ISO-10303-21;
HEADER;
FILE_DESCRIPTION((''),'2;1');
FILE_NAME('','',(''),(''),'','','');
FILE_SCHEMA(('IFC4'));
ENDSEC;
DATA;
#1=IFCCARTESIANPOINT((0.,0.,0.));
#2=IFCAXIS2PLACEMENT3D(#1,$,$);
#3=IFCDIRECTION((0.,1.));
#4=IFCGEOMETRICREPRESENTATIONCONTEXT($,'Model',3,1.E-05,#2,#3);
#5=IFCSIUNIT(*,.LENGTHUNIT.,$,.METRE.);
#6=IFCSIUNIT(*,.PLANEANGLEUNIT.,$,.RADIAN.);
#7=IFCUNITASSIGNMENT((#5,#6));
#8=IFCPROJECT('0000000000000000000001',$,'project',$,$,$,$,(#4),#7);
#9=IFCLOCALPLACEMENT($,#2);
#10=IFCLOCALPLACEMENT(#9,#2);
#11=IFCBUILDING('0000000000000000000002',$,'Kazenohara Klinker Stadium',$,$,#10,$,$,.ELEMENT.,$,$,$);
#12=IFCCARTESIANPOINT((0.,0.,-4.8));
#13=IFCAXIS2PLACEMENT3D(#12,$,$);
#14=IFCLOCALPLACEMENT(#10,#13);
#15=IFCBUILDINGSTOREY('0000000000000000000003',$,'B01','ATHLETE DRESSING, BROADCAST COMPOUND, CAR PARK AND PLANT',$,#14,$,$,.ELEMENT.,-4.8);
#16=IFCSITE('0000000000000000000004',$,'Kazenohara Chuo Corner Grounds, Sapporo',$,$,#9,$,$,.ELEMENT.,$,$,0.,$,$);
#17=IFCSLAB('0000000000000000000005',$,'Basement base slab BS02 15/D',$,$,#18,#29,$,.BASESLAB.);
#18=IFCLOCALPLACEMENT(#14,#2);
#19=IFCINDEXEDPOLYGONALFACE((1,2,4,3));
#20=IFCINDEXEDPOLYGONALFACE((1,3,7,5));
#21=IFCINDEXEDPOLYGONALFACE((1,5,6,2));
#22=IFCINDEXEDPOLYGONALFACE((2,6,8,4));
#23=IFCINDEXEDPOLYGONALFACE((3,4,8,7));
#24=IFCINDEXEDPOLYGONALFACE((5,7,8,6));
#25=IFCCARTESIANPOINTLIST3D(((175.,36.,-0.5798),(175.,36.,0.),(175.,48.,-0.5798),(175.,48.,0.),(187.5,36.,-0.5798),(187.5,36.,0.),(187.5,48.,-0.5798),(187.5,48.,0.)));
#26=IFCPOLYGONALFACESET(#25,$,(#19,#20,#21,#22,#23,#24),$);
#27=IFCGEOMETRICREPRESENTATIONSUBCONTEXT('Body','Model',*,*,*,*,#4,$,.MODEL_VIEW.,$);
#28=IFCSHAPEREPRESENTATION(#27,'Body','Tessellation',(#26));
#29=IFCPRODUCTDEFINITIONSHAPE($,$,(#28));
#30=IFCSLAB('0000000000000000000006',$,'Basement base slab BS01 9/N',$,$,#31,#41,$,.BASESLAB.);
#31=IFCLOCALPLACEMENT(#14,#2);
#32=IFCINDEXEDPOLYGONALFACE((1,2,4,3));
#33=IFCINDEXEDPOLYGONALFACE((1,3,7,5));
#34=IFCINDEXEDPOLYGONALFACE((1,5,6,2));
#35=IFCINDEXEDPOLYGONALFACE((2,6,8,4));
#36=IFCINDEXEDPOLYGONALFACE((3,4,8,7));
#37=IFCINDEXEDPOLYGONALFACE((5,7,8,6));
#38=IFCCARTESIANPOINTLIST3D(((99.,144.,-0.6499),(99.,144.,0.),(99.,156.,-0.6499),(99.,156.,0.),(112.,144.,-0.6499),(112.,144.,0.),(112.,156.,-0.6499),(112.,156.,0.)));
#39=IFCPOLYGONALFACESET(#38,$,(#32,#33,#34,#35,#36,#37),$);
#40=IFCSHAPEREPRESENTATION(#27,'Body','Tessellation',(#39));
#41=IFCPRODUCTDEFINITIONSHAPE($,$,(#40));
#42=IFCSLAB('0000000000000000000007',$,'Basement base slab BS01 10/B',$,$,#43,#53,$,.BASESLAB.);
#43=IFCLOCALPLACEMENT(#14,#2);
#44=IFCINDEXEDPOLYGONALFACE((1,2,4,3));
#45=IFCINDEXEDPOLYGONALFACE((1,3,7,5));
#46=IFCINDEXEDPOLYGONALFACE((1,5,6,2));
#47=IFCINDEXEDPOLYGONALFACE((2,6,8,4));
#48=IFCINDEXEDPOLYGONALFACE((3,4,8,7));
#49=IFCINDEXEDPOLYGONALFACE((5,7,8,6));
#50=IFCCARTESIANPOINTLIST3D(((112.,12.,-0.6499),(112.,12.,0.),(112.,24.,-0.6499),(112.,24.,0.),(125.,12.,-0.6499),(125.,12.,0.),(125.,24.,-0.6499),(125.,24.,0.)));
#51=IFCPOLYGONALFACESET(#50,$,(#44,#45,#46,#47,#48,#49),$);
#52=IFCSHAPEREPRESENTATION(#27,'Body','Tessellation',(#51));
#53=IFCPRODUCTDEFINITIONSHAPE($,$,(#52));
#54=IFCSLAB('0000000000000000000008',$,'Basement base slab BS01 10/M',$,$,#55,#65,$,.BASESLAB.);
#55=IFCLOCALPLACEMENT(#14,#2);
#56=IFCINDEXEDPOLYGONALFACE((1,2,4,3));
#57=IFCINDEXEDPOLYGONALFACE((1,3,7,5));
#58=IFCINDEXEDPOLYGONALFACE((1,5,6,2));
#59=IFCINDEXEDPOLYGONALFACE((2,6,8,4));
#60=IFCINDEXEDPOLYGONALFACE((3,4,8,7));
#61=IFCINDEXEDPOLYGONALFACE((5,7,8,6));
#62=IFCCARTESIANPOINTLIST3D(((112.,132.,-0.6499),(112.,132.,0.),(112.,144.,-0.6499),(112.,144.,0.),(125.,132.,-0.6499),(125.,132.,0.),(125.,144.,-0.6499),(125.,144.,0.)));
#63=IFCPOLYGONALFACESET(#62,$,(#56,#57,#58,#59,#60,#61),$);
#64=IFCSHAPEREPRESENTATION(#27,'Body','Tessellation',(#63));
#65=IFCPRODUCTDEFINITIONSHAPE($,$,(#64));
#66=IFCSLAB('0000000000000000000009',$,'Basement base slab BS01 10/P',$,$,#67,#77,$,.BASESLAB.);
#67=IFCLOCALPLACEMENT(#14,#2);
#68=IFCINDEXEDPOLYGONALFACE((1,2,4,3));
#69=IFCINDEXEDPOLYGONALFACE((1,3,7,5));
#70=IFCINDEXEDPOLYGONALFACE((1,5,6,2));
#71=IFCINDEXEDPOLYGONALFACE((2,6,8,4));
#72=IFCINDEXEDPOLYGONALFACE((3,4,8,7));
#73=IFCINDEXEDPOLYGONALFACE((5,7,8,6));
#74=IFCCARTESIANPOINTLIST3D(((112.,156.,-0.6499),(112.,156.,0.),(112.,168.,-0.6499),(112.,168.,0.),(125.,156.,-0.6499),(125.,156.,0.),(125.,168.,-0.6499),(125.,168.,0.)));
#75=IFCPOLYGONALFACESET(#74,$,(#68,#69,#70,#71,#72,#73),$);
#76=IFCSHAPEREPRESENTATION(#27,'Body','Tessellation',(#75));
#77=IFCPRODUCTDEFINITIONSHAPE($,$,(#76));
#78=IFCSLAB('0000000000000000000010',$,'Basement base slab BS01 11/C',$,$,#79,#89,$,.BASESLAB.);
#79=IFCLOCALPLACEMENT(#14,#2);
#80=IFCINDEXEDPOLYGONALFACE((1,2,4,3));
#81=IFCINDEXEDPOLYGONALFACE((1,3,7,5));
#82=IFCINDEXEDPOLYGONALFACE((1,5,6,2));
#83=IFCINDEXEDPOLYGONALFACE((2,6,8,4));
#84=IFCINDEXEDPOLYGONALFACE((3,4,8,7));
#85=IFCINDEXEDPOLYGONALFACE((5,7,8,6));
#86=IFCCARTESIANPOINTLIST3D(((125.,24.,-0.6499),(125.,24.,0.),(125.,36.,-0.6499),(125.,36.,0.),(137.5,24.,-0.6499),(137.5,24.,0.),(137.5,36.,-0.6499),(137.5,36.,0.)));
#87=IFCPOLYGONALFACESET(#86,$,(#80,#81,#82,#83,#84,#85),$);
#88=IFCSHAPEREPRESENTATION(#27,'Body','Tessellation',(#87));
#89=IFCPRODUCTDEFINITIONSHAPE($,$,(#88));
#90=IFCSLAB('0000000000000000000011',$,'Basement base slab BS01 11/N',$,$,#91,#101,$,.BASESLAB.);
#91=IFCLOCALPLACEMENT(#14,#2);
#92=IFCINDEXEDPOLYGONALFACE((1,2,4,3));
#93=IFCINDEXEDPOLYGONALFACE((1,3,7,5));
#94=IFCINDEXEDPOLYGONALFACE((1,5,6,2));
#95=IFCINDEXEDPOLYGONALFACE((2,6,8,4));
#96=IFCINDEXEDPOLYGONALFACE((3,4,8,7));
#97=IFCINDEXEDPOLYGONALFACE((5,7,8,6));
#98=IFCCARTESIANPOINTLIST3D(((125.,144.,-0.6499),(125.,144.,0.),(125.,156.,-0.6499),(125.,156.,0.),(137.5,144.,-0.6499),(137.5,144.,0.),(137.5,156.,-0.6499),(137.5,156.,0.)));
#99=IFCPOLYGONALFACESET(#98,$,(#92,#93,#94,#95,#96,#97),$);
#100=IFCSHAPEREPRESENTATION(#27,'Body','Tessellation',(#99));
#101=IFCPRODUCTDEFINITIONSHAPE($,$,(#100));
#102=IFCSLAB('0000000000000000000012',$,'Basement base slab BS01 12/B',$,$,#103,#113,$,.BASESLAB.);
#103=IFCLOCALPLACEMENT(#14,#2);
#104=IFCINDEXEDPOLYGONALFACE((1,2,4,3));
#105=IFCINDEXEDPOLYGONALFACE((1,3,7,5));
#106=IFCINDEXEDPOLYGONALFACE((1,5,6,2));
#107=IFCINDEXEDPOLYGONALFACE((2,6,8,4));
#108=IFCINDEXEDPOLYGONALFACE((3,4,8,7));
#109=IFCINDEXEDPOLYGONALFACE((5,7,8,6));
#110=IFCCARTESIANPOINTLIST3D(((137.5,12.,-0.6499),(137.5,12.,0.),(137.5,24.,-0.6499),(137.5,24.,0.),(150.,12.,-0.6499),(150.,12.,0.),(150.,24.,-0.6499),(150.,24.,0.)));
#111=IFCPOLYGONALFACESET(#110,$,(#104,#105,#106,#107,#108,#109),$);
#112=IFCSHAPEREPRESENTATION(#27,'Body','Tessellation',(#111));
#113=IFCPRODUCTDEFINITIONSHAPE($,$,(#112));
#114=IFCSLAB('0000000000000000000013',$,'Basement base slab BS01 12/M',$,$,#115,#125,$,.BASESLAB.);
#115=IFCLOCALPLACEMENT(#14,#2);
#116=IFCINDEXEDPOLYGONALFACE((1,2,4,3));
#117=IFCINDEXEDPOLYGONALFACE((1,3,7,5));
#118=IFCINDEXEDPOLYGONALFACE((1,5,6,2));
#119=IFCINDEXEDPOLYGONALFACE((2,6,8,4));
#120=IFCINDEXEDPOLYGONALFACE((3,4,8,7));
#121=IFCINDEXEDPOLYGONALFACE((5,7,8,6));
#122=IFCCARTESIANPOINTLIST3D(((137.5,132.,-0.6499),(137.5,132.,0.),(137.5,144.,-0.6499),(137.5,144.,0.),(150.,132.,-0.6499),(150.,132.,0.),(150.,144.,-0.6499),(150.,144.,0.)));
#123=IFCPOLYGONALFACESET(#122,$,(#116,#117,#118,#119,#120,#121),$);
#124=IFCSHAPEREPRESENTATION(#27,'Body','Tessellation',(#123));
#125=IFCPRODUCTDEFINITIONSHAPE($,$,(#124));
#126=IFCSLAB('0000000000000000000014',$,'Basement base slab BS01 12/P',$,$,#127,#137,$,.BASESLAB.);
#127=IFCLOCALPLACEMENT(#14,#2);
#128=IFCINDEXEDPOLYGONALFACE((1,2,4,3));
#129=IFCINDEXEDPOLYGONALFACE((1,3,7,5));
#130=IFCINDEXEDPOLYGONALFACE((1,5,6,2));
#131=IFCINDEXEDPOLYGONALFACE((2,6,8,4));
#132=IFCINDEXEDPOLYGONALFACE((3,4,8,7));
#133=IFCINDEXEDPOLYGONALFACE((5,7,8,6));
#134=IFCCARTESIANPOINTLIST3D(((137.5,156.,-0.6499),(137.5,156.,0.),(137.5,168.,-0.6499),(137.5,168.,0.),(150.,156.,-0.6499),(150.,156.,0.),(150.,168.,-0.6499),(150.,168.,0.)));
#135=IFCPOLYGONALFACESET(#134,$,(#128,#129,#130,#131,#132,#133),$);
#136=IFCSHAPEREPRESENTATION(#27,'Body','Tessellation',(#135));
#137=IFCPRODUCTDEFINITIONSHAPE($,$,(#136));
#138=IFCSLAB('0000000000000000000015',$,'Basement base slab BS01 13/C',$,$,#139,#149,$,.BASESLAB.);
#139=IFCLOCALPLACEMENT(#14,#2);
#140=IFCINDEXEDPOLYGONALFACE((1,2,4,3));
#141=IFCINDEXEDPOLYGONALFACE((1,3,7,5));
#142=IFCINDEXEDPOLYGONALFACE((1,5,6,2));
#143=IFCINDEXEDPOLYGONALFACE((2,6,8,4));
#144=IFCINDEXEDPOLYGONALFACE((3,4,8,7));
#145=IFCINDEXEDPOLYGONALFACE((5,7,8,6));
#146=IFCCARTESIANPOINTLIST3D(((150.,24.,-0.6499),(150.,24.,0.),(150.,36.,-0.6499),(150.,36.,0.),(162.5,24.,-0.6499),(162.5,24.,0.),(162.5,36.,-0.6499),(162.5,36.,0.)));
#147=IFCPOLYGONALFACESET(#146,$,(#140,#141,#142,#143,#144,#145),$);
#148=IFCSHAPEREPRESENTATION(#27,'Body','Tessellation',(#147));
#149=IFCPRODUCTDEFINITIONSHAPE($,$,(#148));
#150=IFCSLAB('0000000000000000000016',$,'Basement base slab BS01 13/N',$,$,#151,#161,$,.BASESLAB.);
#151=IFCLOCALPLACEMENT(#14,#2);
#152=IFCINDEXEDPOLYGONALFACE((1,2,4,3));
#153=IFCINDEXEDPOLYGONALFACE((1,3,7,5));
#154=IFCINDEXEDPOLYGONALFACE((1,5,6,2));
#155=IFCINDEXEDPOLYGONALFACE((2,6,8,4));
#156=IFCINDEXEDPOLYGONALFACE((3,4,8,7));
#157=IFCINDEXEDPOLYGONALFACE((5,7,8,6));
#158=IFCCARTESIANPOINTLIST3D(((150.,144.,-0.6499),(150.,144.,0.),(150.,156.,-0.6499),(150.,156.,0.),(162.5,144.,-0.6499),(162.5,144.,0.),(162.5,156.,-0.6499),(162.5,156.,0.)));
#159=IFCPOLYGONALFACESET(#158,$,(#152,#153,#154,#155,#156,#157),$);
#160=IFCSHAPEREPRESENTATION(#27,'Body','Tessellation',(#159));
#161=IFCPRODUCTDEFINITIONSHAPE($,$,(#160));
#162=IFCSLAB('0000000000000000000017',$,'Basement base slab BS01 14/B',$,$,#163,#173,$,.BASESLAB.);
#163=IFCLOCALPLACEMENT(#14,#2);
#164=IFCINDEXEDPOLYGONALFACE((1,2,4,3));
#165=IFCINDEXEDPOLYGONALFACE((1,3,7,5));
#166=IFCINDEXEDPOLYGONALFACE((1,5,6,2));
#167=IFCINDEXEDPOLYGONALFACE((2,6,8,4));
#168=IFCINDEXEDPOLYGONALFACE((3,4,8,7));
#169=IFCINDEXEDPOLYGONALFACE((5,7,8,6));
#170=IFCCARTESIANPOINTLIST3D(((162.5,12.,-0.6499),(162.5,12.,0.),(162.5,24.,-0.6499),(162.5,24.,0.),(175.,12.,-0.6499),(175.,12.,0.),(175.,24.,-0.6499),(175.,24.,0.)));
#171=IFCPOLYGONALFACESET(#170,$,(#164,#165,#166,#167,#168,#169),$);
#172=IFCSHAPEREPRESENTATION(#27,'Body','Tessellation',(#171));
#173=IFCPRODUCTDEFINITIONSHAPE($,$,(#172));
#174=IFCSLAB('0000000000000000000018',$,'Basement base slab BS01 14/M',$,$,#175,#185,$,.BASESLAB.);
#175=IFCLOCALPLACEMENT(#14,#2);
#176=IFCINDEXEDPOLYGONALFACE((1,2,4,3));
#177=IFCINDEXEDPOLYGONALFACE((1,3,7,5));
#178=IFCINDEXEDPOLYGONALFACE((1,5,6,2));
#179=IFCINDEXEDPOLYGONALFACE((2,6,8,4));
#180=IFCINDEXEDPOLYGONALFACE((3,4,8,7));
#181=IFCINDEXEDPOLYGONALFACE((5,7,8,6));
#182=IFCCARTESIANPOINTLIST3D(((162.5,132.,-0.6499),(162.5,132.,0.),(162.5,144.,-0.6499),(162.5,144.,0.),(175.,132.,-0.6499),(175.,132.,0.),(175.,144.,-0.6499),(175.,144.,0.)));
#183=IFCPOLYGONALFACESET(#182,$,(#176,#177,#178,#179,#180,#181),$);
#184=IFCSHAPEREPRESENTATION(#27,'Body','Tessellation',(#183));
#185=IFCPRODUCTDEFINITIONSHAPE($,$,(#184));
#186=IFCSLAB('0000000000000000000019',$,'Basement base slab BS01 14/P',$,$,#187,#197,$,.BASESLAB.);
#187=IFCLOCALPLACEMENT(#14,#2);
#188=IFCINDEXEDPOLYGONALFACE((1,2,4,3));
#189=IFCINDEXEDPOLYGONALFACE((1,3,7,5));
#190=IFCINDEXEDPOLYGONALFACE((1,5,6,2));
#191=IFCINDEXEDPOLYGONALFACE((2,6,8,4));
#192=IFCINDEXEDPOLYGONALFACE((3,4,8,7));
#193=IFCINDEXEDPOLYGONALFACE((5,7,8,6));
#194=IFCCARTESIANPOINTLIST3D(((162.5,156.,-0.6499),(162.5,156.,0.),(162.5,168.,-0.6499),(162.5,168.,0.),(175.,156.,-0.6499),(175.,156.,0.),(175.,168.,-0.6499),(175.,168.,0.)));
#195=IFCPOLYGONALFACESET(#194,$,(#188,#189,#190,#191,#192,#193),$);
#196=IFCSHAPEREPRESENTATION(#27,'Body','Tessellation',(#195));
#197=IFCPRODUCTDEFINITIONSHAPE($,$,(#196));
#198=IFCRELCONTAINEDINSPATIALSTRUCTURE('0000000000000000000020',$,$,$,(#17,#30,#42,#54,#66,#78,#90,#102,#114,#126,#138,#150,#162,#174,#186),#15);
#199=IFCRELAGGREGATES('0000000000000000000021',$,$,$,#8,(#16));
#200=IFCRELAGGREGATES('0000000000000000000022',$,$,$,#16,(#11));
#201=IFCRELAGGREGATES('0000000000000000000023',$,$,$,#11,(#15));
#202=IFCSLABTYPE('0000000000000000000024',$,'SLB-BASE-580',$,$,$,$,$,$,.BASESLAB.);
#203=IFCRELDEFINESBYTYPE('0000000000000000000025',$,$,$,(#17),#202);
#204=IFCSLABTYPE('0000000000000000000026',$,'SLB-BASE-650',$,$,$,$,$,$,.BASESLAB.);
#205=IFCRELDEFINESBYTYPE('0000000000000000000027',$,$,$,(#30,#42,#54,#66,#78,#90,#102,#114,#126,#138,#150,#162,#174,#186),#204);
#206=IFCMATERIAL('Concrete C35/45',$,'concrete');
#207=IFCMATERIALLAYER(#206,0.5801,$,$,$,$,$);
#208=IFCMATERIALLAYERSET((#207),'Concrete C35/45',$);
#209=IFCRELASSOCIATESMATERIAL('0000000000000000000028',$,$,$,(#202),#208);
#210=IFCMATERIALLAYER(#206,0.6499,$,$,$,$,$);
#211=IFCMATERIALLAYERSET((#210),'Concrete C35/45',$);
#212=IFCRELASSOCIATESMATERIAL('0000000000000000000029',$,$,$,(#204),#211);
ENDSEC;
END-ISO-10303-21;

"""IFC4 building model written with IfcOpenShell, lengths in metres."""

from ifc_helpers import new_model, si_unit, direction, frame, origin, place, context, subcontext, project, spatial, polyline, outline, extrude, material, layer, layer_set, type_object, element, save


model = new_model("IFC4")

# Units and contexts
model_context = context("Model", 3, precision=1e-05, world=origin(), true_north=direction((0.0, 1.0)))
body_context = subcontext(model_context, "Body", "Model", "MODEL_VIEW")
ifc_project = project(units=[si_unit("LENGTHUNIT", "METRE"), si_unit("PLANEANGLEUNIT", "RADIAN")], contexts=[model_context])

# Site, building, storey
site_placement = place(None, origin())
site = spatial("IfcSite", under=ifc_project, at=site_placement, Name="Kazenohara Chuo Corner Grounds, Sapporo", CompositionType="ELEMENT", RefElevation=0.0)
building_placement = place(site_placement, origin())
building = spatial("IfcBuilding", under=site, at=building_placement, Name="Kazenohara Klinker Stadium", CompositionType="ELEMENT")
storey_placement = place(building_placement, frame((0.0, 0.0, -4.8)))
storey = spatial("IfcBuildingStorey", under=building, at=storey_placement, Name="B01", Description="ATHLETE DRESSING, BROADCAST COMPOUND, CAR PARK AND PLANT", CompositionType="ELEMENT", Elevation=-4.8)

# Shared definitions
ifc_material_1 = material(Name="Concrete C35/45", Category="concrete")

# Slabs
ifc_layer_1 = layer(ifc_material_1, 0.5801)
ifc_layer_set_1 = layer_set([ifc_layer_1], Name="Concrete C35/45")
slab_type_1 = type_object("IfcSlabType", Name="SLB-BASE-580", PredefinedType="BASESLAB", material=ifc_layer_set_1)
slab_1_placement = place(storey_placement, frame((0.0, 0.0, -0.5798)))
element("IfcSlab", 1, at=slab_1_placement, inside=storey, type_object=slab_type_1, Name="Basement base slab BS02 15/D", PredefinedType="BASESLAB", context=body_context, shape_type="SweptSolid", body=[
    extrude(outline(polyline([(175.0, 36.0), (187.5, 36.0), (187.5, 48.0), (175.0, 48.0), (175.0, 36.0)])), origin(), (0.0, 0.0, 1.0), 0.5798),
])
ifc_layer_2 = layer(ifc_material_1, 0.6499)
ifc_layer_set_2 = layer_set([ifc_layer_2], Name="Concrete C35/45")
slab_type_2 = type_object("IfcSlabType", Name="SLB-BASE-650", PredefinedType="BASESLAB", material=ifc_layer_set_2)
slab_2_placement = place(storey_placement, frame((0.0, 0.0, -0.6499)))
element("IfcSlab", 2, at=slab_2_placement, inside=storey, type_object=slab_type_2, Name="Basement base slab BS01 9/N", PredefinedType="BASESLAB", context=body_context, shape_type="SweptSolid", body=[
    extrude(outline(polyline([(99.0, 144.0), (112.0, 144.0), (112.0, 156.0), (99.0, 156.0), (99.0, 144.0)])), origin(), (0.0, 0.0, 1.0), 0.6499),
])
slab_3_placement = place(storey_placement, frame((0.0, 0.0, -0.6499)))
element("IfcSlab", 3, at=slab_3_placement, inside=storey, type_object=slab_type_2, Name="Basement base slab BS01 10/B", PredefinedType="BASESLAB", context=body_context, shape_type="SweptSolid", body=[
    extrude(outline(polyline([(112.0, 12.0), (125.0, 12.0), (125.0, 24.0), (112.0, 24.0), (112.0, 12.0)])), origin(), (0.0, 0.0, 1.0), 0.6499),
])
slab_4_placement = place(storey_placement, frame((0.0, 0.0, -0.6499)))
element("IfcSlab", 4, at=slab_4_placement, inside=storey, type_object=slab_type_2, Name="Basement base slab BS01 10/M", PredefinedType="BASESLAB", context=body_context, shape_type="SweptSolid", body=[
    extrude(outline(polyline([(112.0, 132.0), (125.0, 132.0), (125.0, 144.0), (112.0, 144.0), (112.0, 132.0)])), origin(), (0.0, 0.0, 1.0), 0.6499),
])
slab_5_placement = place(storey_placement, frame((0.0, 0.0, -0.6499)))
element("IfcSlab", 5, at=slab_5_placement, inside=storey, type_object=slab_type_2, Name="Basement base slab BS01 10/P", PredefinedType="BASESLAB", context=body_context, shape_type="SweptSolid", body=[
    extrude(outline(polyline([(112.0, 156.0), (125.0, 156.0), (125.0, 168.0), (112.0, 168.0), (112.0, 156.0)])), origin(), (0.0, 0.0, 1.0), 0.6499),
])
slab_6_placement = place(storey_placement, frame((0.0, 0.0, -0.6499)))
element("IfcSlab", 6, at=slab_6_placement, inside=storey, type_object=slab_type_2, Name="Basement base slab BS01 11/C", PredefinedType="BASESLAB", context=body_context, shape_type="SweptSolid", body=[
    extrude(outline(polyline([(125.0, 24.0), (137.5, 24.0), (137.5, 36.0), (125.0, 36.0), (125.0, 24.0)])), origin(), (0.0, 0.0, 1.0), 0.6499),
])
slab_7_placement = place(storey_placement, frame((0.0, 0.0, -0.6499)))
element("IfcSlab", 7, at=slab_7_placement, inside=storey, type_object=slab_type_2, Name="Basement base slab BS01 11/N", PredefinedType="BASESLAB", context=body_context, shape_type="SweptSolid", body=[
    extrude(outline(polyline([(125.0, 144.0), (137.5, 144.0), (137.5, 156.0), (125.0, 156.0), (125.0, 144.0)])), origin(), (0.0, 0.0, 1.0), 0.6499),
])
slab_8_placement = place(storey_placement, frame((0.0, 0.0, -0.6499)))
element("IfcSlab", 8, at=slab_8_placement, inside=storey, type_object=slab_type_2, Name="Basement base slab BS01 12/B", PredefinedType="BASESLAB", context=body_context, shape_type="SweptSolid", body=[
    extrude(outline(polyline([(137.5, 12.0), (150.0, 12.0), (150.0, 24.0), (137.5, 24.0), (137.5, 12.0)])), origin(), (0.0, 0.0, 1.0), 0.6499),
])
slab_9_placement = place(storey_placement, frame((0.0, 0.0, -0.6499)))
element("IfcSlab", 9, at=slab_9_placement, inside=storey, type_object=slab_type_2, Name="Basement base slab BS01 12/M", PredefinedType="BASESLAB", context=body_context, shape_type="SweptSolid", body=[
    extrude(outline(polyline([(137.5, 132.0), (150.0, 132.0), (150.0, 144.0), (137.5, 144.0), (137.5, 132.0)])), origin(), (0.0, 0.0, 1.0), 0.6499),
])
slab_10_placement = place(storey_placement, frame((0.0, 0.0, -0.6499)))
element("IfcSlab", 10, at=slab_10_placement, inside=storey, type_object=slab_type_2, Name="Basement base slab BS01 12/P", PredefinedType="BASESLAB", context=body_context, shape_type="SweptSolid", body=[
    extrude(outline(polyline([(137.5, 156.0), (150.0, 156.0), (150.0, 168.0), (137.5, 168.0), (137.5, 156.0)])), origin(), (0.0, 0.0, 1.0), 0.6499),
])
slab_11_placement = place(storey_placement, frame((0.0, 0.0, -0.6499)))
element("IfcSlab", 11, at=slab_11_placement, inside=storey, type_object=slab_type_2, Name="Basement base slab BS01 13/C", PredefinedType="BASESLAB", context=body_context, shape_type="SweptSolid", body=[
    extrude(outline(polyline([(150.0, 24.0), (162.5, 24.0), (162.5, 36.0), (150.0, 36.0), (150.0, 24.0)])), origin(), (0.0, 0.0, 1.0), 0.6499),
])
slab_12_placement = place(storey_placement, frame((0.0, 0.0, -0.6499)))
element("IfcSlab", 12, at=slab_12_placement, inside=storey, type_object=slab_type_2, Name="Basement base slab BS01 13/N", PredefinedType="BASESLAB", context=body_context, shape_type="SweptSolid", body=[
    extrude(outline(polyline([(150.0, 144.0), (162.5, 144.0), (162.5, 156.0), (150.0, 156.0), (150.0, 144.0)])), origin(), (0.0, 0.0, 1.0), 0.6499),
])
slab_13_placement = place(storey_placement, frame((0.0, 0.0, -0.6499)))
element("IfcSlab", 13, at=slab_13_placement, inside=storey, type_object=slab_type_2, Name="Basement base slab BS01 14/B", PredefinedType="BASESLAB", context=body_context, shape_type="SweptSolid", body=[
    extrude(outline(polyline([(162.5, 12.0), (175.0, 12.0), (175.0, 24.0), (162.5, 24.0), (162.5, 12.0)])), origin(), (0.0, 0.0, 1.0), 0.6499),
])
slab_14_placement = place(storey_placement, frame((0.0, 0.0, -0.6499)))
element("IfcSlab", 14, at=slab_14_placement, inside=storey, type_object=slab_type_2, Name="Basement base slab BS01 14/M", PredefinedType="BASESLAB", context=body_context, shape_type="SweptSolid", body=[
    extrude(outline(polyline([(162.5, 132.0), (175.0, 132.0), (175.0, 144.0), (162.5, 144.0), (162.5, 132.0)])), origin(), (0.0, 0.0, 1.0), 0.6499),
])
slab_15_placement = place(storey_placement, frame((0.0, 0.0, -0.6499)))
element("IfcSlab", 15, at=slab_15_placement, inside=storey, type_object=slab_type_2, Name="Basement base slab BS01 14/P", PredefinedType="BASESLAB", context=body_context, shape_type="SweptSolid", body=[
    extrude(outline(polyline([(162.5, 156.0), (175.0, 156.0), (175.0, 168.0), (162.5, 168.0), (162.5, 156.0)])), origin(), (0.0, 0.0, 1.0), 0.6499),
])

save(model, "model.ifc")
